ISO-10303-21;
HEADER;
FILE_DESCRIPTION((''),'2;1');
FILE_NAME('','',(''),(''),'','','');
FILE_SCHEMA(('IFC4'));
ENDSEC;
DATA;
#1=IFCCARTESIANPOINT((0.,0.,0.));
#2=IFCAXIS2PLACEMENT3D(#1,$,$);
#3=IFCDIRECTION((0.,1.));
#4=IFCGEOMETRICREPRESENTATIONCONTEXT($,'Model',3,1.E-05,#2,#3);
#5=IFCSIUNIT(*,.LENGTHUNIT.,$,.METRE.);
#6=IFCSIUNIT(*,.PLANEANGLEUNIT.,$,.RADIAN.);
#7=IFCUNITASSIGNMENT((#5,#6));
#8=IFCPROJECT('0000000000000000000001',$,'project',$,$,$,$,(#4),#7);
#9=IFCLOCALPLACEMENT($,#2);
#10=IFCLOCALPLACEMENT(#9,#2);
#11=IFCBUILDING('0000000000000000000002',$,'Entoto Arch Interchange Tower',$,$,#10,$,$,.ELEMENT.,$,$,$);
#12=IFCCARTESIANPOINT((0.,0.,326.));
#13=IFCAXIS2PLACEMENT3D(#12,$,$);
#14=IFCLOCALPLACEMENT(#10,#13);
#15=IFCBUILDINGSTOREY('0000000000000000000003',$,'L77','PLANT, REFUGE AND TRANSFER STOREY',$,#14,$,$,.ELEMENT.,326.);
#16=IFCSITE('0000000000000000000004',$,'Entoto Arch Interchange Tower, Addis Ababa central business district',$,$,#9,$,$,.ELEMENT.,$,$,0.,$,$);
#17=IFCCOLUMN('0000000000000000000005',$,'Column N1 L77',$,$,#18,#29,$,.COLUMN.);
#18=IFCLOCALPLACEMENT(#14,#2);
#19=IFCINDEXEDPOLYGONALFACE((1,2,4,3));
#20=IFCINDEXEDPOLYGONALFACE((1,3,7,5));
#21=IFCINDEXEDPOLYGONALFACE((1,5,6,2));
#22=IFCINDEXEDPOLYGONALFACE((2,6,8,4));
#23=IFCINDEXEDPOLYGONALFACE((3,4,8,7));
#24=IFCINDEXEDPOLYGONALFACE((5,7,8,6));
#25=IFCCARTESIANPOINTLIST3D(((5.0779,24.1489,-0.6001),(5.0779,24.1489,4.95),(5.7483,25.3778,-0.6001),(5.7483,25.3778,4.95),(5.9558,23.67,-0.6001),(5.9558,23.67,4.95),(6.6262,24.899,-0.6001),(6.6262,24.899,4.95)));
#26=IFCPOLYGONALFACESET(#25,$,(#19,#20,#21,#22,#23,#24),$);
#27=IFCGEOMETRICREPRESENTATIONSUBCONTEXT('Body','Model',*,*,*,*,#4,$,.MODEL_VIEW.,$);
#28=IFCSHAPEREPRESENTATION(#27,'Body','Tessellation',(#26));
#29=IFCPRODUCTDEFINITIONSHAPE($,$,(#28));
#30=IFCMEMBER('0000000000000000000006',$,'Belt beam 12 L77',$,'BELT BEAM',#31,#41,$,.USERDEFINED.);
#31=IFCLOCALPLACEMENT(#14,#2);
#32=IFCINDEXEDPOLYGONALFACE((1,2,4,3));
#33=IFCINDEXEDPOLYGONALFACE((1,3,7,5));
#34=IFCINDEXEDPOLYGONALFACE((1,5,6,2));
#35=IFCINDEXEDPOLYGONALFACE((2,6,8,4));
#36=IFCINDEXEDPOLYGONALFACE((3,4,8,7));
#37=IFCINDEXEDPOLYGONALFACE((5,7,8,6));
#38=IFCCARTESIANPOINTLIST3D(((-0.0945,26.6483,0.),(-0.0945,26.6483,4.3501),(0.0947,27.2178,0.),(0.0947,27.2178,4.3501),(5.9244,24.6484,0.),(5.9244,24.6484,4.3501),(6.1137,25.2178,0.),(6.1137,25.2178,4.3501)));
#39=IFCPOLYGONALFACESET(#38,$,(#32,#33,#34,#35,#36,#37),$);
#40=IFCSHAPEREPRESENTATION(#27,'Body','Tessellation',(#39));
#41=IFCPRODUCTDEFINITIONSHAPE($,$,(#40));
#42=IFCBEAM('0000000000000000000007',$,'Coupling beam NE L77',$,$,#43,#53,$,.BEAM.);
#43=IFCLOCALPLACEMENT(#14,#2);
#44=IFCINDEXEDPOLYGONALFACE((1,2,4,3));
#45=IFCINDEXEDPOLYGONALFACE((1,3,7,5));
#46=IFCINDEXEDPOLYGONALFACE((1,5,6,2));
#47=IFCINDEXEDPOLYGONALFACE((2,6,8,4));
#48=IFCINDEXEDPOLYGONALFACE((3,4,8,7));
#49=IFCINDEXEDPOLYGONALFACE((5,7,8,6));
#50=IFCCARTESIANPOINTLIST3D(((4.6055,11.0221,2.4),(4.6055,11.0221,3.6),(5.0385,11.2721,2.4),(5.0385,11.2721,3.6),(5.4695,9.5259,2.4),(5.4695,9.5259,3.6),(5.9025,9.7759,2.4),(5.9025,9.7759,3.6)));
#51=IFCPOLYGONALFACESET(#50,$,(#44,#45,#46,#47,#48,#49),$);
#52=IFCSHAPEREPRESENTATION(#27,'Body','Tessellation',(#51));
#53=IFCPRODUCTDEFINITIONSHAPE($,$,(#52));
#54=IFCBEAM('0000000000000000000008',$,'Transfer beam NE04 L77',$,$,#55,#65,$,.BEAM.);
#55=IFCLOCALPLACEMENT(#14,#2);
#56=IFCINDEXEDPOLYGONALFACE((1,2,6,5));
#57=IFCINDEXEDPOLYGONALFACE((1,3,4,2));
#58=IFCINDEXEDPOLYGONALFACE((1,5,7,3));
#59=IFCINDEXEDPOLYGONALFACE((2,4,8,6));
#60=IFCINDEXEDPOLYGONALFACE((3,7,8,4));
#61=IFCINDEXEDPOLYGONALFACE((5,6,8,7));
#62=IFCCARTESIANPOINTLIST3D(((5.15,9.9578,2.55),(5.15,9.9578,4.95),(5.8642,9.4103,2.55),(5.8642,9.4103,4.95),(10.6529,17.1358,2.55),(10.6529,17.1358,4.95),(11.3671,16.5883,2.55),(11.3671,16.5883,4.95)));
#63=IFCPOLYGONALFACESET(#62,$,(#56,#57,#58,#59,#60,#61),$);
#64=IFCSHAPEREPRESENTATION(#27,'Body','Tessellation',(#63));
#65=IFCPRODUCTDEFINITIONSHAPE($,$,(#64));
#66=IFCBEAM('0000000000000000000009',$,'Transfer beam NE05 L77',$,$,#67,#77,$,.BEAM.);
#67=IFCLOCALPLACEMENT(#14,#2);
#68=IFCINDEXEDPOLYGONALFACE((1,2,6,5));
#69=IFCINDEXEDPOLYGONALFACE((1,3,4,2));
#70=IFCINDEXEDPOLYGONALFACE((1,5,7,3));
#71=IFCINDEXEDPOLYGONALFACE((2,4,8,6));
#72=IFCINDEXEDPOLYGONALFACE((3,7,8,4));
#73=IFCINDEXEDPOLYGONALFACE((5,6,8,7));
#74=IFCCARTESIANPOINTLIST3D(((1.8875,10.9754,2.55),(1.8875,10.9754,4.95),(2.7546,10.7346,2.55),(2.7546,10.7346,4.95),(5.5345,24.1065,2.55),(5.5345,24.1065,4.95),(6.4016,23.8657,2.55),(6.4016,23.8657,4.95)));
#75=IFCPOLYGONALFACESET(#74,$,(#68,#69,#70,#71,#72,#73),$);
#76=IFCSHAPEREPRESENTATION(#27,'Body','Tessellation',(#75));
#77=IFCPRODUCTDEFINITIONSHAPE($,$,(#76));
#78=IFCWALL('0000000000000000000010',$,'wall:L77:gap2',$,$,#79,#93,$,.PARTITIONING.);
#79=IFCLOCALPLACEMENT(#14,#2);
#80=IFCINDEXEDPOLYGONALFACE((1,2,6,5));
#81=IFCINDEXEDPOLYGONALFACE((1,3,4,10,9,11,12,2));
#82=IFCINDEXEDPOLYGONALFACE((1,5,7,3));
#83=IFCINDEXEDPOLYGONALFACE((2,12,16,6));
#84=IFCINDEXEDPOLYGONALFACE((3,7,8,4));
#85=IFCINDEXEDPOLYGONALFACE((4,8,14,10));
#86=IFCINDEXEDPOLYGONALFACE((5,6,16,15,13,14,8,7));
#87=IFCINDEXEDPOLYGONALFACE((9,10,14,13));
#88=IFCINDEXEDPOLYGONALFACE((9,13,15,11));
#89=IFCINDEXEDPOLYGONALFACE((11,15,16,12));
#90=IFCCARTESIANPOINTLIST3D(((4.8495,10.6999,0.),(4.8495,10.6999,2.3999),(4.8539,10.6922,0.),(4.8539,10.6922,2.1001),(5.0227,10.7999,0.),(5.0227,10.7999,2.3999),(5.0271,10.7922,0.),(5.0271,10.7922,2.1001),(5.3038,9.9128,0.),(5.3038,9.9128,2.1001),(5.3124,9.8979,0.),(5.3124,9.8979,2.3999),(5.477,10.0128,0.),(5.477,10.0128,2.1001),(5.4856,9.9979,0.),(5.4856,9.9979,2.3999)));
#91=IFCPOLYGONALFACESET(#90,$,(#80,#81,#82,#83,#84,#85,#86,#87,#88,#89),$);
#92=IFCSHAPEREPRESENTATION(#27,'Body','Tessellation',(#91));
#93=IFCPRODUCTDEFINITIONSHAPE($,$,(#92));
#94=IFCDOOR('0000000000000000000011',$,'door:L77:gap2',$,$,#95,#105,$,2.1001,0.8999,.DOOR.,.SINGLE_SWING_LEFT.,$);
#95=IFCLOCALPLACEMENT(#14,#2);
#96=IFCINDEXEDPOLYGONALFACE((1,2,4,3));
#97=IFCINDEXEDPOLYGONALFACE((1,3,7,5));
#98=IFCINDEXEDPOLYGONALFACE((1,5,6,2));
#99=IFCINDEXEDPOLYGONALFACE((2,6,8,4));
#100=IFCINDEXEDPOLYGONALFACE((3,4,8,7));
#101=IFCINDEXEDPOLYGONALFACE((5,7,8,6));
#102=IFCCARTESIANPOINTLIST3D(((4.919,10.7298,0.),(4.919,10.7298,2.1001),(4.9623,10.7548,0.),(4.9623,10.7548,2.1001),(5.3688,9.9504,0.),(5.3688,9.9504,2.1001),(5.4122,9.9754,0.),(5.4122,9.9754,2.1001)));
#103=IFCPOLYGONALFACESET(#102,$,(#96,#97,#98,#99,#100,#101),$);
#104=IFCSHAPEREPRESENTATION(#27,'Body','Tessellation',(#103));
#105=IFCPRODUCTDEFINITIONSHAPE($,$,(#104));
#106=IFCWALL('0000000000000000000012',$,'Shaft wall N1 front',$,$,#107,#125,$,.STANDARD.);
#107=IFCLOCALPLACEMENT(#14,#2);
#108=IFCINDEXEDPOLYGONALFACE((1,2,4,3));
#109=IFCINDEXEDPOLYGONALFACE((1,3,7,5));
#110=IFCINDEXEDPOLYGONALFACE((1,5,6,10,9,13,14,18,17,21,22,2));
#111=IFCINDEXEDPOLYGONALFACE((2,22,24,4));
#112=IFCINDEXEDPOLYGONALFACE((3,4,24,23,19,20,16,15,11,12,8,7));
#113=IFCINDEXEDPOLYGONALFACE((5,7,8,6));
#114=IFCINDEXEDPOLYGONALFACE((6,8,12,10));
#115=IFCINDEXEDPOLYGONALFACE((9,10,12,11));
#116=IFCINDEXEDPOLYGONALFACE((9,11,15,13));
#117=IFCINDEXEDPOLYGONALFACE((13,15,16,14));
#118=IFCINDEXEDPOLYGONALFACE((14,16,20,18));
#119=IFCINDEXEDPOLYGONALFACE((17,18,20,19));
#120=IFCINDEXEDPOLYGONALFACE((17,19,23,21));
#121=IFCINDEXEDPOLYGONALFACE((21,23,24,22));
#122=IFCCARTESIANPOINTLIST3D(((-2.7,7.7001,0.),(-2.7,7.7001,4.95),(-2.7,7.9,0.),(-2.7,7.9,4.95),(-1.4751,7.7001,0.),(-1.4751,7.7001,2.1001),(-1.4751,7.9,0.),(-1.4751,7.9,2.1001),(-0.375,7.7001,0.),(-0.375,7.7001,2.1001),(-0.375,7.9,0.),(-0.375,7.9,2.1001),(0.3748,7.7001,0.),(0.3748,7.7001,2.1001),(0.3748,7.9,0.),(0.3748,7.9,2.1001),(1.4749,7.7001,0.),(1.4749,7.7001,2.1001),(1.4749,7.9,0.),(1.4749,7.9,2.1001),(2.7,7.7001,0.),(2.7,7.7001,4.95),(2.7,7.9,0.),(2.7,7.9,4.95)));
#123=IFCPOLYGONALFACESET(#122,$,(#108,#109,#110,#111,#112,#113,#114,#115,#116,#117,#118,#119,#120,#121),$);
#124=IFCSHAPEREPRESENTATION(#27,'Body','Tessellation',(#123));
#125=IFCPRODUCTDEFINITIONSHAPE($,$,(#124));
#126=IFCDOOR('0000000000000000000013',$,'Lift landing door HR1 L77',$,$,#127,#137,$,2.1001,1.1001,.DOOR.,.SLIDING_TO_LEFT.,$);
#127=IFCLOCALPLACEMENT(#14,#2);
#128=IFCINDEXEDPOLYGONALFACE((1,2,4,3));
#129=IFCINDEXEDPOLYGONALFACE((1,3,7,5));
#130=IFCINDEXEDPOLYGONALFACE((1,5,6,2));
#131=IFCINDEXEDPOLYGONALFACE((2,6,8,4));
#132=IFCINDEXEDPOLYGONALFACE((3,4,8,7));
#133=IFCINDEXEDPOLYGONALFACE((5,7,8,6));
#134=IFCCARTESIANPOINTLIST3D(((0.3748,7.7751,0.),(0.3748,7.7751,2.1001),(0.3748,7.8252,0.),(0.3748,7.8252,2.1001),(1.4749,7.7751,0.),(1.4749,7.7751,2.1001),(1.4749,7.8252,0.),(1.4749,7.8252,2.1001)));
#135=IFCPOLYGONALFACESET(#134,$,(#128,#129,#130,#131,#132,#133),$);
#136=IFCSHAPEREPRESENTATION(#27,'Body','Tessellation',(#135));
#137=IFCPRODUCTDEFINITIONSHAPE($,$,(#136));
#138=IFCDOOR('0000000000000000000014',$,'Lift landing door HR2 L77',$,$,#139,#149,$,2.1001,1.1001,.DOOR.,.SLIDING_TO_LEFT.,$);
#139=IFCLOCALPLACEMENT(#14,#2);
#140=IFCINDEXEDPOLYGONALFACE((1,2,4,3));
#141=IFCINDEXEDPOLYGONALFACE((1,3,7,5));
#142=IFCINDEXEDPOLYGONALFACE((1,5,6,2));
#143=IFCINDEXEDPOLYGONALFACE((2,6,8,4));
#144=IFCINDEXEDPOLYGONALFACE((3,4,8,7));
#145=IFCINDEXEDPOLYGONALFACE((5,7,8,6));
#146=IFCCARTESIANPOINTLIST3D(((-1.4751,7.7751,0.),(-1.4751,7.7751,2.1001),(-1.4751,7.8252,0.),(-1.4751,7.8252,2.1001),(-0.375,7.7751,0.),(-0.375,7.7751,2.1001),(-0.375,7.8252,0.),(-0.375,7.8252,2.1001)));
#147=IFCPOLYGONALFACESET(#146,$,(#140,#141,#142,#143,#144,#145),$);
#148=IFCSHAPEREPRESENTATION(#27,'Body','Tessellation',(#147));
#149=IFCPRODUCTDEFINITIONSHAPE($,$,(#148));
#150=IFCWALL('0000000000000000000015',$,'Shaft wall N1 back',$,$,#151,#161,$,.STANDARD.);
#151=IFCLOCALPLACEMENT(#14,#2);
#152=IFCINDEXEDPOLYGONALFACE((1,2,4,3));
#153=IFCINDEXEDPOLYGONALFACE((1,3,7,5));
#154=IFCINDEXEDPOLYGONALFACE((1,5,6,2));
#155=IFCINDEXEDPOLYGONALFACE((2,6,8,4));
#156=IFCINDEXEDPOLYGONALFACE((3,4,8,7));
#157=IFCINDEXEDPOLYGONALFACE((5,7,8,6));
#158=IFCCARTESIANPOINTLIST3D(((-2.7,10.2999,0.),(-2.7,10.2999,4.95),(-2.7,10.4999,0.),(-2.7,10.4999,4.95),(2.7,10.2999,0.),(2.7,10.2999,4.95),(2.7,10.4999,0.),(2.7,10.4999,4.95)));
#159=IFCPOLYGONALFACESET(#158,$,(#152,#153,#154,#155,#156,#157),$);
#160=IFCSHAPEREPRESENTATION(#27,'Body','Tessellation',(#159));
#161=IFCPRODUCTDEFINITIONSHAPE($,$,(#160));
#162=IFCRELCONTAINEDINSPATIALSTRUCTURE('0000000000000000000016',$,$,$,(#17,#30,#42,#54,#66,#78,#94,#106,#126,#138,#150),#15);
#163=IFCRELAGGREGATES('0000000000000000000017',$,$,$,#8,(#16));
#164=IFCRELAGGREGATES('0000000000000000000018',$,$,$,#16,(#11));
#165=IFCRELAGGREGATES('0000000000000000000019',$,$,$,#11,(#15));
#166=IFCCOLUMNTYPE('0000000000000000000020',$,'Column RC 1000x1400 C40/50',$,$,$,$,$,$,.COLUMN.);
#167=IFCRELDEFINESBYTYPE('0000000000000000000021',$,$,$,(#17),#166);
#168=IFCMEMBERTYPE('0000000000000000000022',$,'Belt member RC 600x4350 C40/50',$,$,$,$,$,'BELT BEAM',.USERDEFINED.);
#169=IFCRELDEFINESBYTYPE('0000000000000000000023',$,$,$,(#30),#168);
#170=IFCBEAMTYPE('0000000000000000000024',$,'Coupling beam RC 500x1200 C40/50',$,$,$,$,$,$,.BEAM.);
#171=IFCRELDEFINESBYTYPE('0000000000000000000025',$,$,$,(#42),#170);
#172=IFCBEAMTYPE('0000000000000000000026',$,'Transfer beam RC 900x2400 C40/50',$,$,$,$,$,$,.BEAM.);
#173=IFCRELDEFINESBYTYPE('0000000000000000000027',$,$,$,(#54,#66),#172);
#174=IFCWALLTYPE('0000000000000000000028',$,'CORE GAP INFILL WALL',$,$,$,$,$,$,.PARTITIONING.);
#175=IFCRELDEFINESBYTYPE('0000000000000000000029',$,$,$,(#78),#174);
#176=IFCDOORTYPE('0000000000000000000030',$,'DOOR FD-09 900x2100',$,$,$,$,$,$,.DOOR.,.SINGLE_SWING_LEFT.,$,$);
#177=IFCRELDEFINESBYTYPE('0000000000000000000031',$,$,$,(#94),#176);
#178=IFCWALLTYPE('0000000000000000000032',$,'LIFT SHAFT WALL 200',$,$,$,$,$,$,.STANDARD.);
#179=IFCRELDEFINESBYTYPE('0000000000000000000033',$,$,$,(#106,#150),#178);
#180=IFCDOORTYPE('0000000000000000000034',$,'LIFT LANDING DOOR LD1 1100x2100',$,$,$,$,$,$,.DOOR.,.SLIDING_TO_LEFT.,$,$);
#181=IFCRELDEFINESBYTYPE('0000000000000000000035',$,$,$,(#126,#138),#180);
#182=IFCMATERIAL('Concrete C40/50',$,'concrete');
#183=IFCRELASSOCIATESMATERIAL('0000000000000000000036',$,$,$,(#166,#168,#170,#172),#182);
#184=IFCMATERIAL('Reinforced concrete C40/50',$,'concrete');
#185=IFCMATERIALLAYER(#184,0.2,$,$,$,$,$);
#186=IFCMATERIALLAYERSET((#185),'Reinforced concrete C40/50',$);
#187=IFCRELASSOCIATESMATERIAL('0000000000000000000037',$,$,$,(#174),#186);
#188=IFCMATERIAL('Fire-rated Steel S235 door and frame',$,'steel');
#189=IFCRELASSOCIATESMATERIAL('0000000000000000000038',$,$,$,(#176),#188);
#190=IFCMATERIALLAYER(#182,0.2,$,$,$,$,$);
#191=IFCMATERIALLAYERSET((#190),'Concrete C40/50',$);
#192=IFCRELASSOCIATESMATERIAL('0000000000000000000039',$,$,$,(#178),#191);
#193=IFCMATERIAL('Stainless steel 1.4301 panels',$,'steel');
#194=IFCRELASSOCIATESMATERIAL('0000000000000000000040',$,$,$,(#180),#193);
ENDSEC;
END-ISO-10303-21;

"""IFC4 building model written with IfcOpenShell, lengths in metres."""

from ifc_helpers import new_model, si_unit, direction, frame, frame_2d, origin, origin_2d, place, context, subcontext, project, spatial, rectangle, extrude, material, layer, layer_set, material_profile, profile_set, type_object, element, fill, save


model = new_model("IFC4")

# Units and contexts
model_context = context("Model", 3, precision=1e-05, world=origin(), true_north=direction((0.0, 1.0)))
body_context = subcontext(model_context, "Body", "Model", "MODEL_VIEW")
ifc_project = project(units=[si_unit("LENGTHUNIT", "METRE"), si_unit("PLANEANGLEUNIT", "RADIAN")], contexts=[model_context])

# Site, building, storey
site_placement = place(None, origin())
site = spatial("IfcSite", under=ifc_project, at=site_placement, Name="Entoto Arch Interchange Tower, Addis Ababa central business district", CompositionType="ELEMENT", RefElevation=0.0)
building_placement = place(site_placement, origin())
building = spatial("IfcBuilding", under=site, at=building_placement, Name="Entoto Arch Interchange Tower", CompositionType="ELEMENT")
storey_placement = place(building_placement, frame((0.0, 0.0, 326.0)))
storey = spatial("IfcBuildingStorey", under=building, at=storey_placement, Name="L77", Description="PLANT, REFUGE AND TRANSFER STOREY", CompositionType="ELEMENT", Elevation=326.0)

# Column
ifc_material_1 = material(Name="Concrete C40/50", Category="concrete")
ifc_material_profile_1 = material_profile(ifc_material_1, rectangle(XDim=1.0, YDim=1.3999, at=origin_2d()))
ifc_profile_set_1 = profile_set([ifc_material_profile_1], Name="Concrete C40/50")
column_type = type_object("IfcColumnType", Name="Column RC 1000x1400 C40/50", PredefinedType="COLUMN", material=ifc_profile_set_1)
column_placement = place(storey_placement, frame((5.8521, 24.5239, -0.6001), z_axis=(0.0, 0.0, 1.0), x_axis=(-0.877899, 0.478845, 0.0)))
element("IfcColumn", 1, at=column_placement, inside=storey, type_object=column_type, Name="Column N1 L77", PredefinedType="COLUMN", context=body_context, shape_type="SweptSolid", body=[
    extrude(rectangle(XDim=1.0, YDim=1.3999, at=origin_2d()), origin(), (0.0, 0.0, 1.0), 5.55),
])

# Member
ifc_material_profile_2 = material_profile(ifc_material_1, rectangle(XDim=0.6001, YDim=4.3501, at=origin_2d()))
ifc_profile_set_2 = profile_set([ifc_material_profile_2], Name="Concrete C40/50")
member_type = type_object("IfcMemberType", Name="Belt member RC 600x4350 C40/50", ElementType="BELT BEAM", PredefinedType="USERDEFINED", material=ifc_profile_set_2)
member_placement = place(storey_placement, frame((6.019, 24.9331, 2.175), z_axis=(-0.948983, 0.315327, 0.0), x_axis=(-0.315327, -0.948983, 0.0)))
element("IfcMember", 2, at=member_placement, inside=storey, type_object=member_type, Name="Belt beam 12 L77", ObjectType="BELT BEAM", PredefinedType="USERDEFINED", context=body_context, shape_type="SweptSolid", body=[
    extrude(rectangle(XDim=0.6001, YDim=4.3501, at=origin_2d()), origin(), (0.0, 0.0, 1.0), 6.3425),
])

# Beams
ifc_material_profile_3 = material_profile(ifc_material_1, rectangle(XDim=0.5, YDim=1.2, at=origin_2d()))
ifc_profile_set_3 = profile_set([ifc_material_profile_3], Name="Concrete C40/50")
beam_type_1 = type_object("IfcBeamType", Name="Coupling beam RC 500x1200 C40/50", PredefinedType="BEAM", material=ifc_profile_set_3)
beam_1_placement = place(storey_placement, frame((5.686, 9.6509, 3.0), z_axis=(-0.500106, 0.865964, 0.0), x_axis=(-0.865964, -0.500106, 0.0)))
element("IfcBeam", 3, at=beam_1_placement, inside=storey, type_object=beam_type_1, Name="Coupling beam NE L77", PredefinedType="BEAM", context=body_context, shape_type="SweptSolid", body=[
    extrude(rectangle(XDim=0.5, YDim=1.2, at=origin_2d()), origin(), (0.0, 0.0, 1.0), 1.7278),
])
ifc_material_profile_4 = material_profile(ifc_material_1, rectangle(XDim=0.8999, YDim=2.3999, at=origin_2d()))
ifc_profile_set_4 = profile_set([ifc_material_profile_4], Name="Concrete C40/50")
beam_type_2 = type_object("IfcBeamType", Name="Transfer beam RC 900x2400 C40/50", PredefinedType="BEAM", material=ifc_profile_set_4)
beam_2_placement = place(storey_placement, frame((5.5071, 9.6841, 3.75), z_axis=(0.608419, 0.793616, 0.0), x_axis=(-0.793616, 0.608419, 0.0)))
element("IfcBeam", 4, at=beam_2_placement, inside=storey, type_object=beam_type_2, Name="Transfer beam NE04 L77", PredefinedType="BEAM", context=body_context, shape_type="SweptSolid", body=[
    extrude(rectangle(XDim=0.8999, YDim=2.3999, at=origin_2d()), origin(), (0.0, 0.0, 1.0), 9.0447),
])
beam_3_placement = place(storey_placement, frame((2.321, 10.855, 3.75), z_axis=(0.267606, 0.963528, 0.0), x_axis=(-0.963528, 0.267606, 0.0)))
element("IfcBeam", 5, at=beam_3_placement, inside=storey, type_object=beam_type_2, Name="Transfer beam NE05 L77", PredefinedType="BEAM", context=body_context, shape_type="SweptSolid", body=[
    extrude(rectangle(XDim=0.8999, YDim=2.3999, at=origin_2d()), origin(), (0.0, 0.0, 1.0), 13.6282),
])

# Wall, opening, door
ifc_material_2 = material(Name="Reinforced concrete C40/50", Category="concrete")
ifc_layer_1 = layer(ifc_material_2, 0.2)
ifc_layer_set_1 = layer_set([ifc_layer_1], Name="Reinforced concrete C40/50")
wall_type_1 = type_object("IfcWallType", Name="CORE GAP INFILL WALL", PredefinedType="PARTITIONING", material=ifc_layer_set_1)
wall_1_placement = place(storey_placement, frame((5.3989, 9.948, 0.0), z_axis=(0.0, 0.0, 1.0), x_axis=(-0.499882, 0.866093, 0.0)))
wall_1 = element("IfcWall", 6, at=wall_1_placement, inside=storey, type_object=wall_type_1, Name="wall:L77:gap2", PredefinedType="PARTITIONING", context=body_context, shape_type="SweptSolid", body=[
    extrude(rectangle(XDim=0.926, YDim=0.2, at=frame_2d((0.4629, 0.0))), origin(), (0.0, 0.0, 1.0), 2.3999),
])
opening_1_placement = place(wall_1_placement, frame((0.0171, 0.0, 0.0)))
opening_1 = element("IfcOpeningElement", 7, at=opening_1_placement, cuts=wall_1, PredefinedType="OPENING", context=body_context, shape_type="SweptSolid", body=[
    extrude(rectangle(XDim=0.8999, YDim=2.1001, at=frame_2d((0.45, 1.05))), frame((0.0, 0.1099, 0.0), z_axis=(0.0, -1.0, 0.0), x_axis=(1.0, 0.0, 0.0)), (0.0, 0.0, 1.0), 0.22),
])
ifc_material_3 = material(Name="Fire-rated Steel S235 door and frame", Category="steel")
door_type_1 = type_object("IfcDoorType", Name="DOOR FD-09 900x2100", OperationType="SINGLE_SWING_LEFT", PredefinedType="DOOR", material=ifc_material_3)
door_1_placement = place(opening_1_placement, origin())
door_1 = element("IfcDoor", 8, at=door_1_placement, inside=storey, type_object=door_type_1, Name="door:L77:gap2", OperationType="SINGLE_SWING_LEFT", OverallHeight=2.1001, OverallWidth=0.8999, PredefinedType="DOOR", context=body_context, shape_type="SweptSolid", body=[
    extrude(rectangle(XDim=0.8999, YDim=2.1001, at=frame_2d((0.45, 1.05))), frame((0.0, 0.0249, 0.0), z_axis=(0.0, -1.0, 0.0), x_axis=(1.0, 0.0, 0.0)), (0.0, 0.0, 1.0), 0.05),
])
fill(opening_1, door_1)

# Wall, openings, doors
ifc_layer_2 = layer(ifc_material_1, 0.2)
ifc_layer_set_2 = layer_set([ifc_layer_2], Name="Concrete C40/50")
wall_type_2 = type_object("IfcWallType", Name="LIFT SHAFT WALL 200", PredefinedType="STANDARD", material=ifc_layer_set_2)
wall_2_placement = place(storey_placement, frame((2.7, 7.8, 0.0), z_axis=(0.0, 0.0, 1.0), x_axis=(-1.0, 0.0, 0.0)))
wall_2 = element("IfcWall", 9, at=wall_2_placement, inside=storey, type_object=wall_type_2, Name="Shaft wall N1 front", PredefinedType="STANDARD", context=body_context, shape_type="SweptSolid", body=[
    extrude(rectangle(XDim=5.3999, YDim=0.2, at=frame_2d((2.7, 0.0))), origin(), (0.0, 0.0, 1.0), 4.95),
])
opening_2_placement = place(wall_2_placement, frame((1.2251, 0.0, 0.0)))
opening_2 = element("IfcOpeningElement", 10, at=opening_2_placement, cuts=wall_2, PredefinedType="OPENING", context=body_context, shape_type="SweptSolid", body=[
    extrude(rectangle(XDim=1.1001, YDim=2.1001, at=frame_2d((0.55, 1.05))), frame((0.0, 0.1099, 0.0), z_axis=(0.0, -1.0, 0.0), x_axis=(1.0, 0.0, 0.0)), (0.0, 0.0, 1.0), 0.22),
])
opening_3_placement = place(wall_2_placement, frame((3.075, 0.0, 0.0)))
opening_3 = element("IfcOpeningElement", 11, at=opening_3_placement, cuts=wall_2, PredefinedType="OPENING", context=body_context, shape_type="SweptSolid", body=[
    extrude(rectangle(XDim=1.1001, YDim=2.1001, at=frame_2d((0.55, 1.05))), frame((0.0, 0.1099, 0.0), z_axis=(0.0, -1.0, 0.0), x_axis=(1.0, 0.0, 0.0)), (0.0, 0.0, 1.0), 0.22),
])
ifc_material_4 = material(Name="Stainless steel 1.4301 panels", Category="steel")
door_type_2 = type_object("IfcDoorType", Name="LIFT LANDING DOOR LD1 1100x2100", OperationType="SLIDING_TO_LEFT", PredefinedType="DOOR", material=ifc_material_4)
door_2_placement = place(opening_2_placement, origin())
door_2 = element("IfcDoor", 12, at=door_2_placement, inside=storey, type_object=door_type_2, Name="Lift landing door HR1 L77", OperationType="SLIDING_TO_LEFT", OverallHeight=2.1001, OverallWidth=1.1001, PredefinedType="DOOR", context=body_context, shape_type="SweptSolid", body=[
    extrude(rectangle(XDim=1.1001, YDim=2.1001, at=frame_2d((0.55, 1.05))), frame((0.0, 0.0249, 0.0), z_axis=(0.0, -1.0, 0.0), x_axis=(1.0, 0.0, 0.0)), (0.0, 0.0, 1.0), 0.05),
])
fill(opening_2, door_2)
door_3_placement = place(opening_3_placement, origin())
door_3 = element("IfcDoor", 13, at=door_3_placement, inside=storey, type_object=door_type_2, Name="Lift landing door HR2 L77", OperationType="SLIDING_TO_LEFT", OverallHeight=2.1001, OverallWidth=1.1001, PredefinedType="DOOR", context=body_context, shape_type="SweptSolid", body=[
    extrude(rectangle(XDim=1.1001, YDim=2.1001, at=frame_2d((0.55, 1.05))), frame((0.0, 0.0249, 0.0), z_axis=(0.0, -1.0, 0.0), x_axis=(1.0, 0.0, 0.0)), (0.0, 0.0, 1.0), 0.05),
])
fill(opening_3, door_3)

# Wall
wall_3_placement = place(storey_placement, frame((2.7, 10.3999, 0.0), z_axis=(0.0, 0.0, 1.0), x_axis=(-1.0, 0.0, 0.0)))
element("IfcWall", 14, at=wall_3_placement, inside=storey, type_object=wall_type_2, Name="Shaft wall N1 back", PredefinedType="STANDARD", context=body_context, shape_type="SweptSolid", body=[
    extrude(rectangle(XDim=5.3999, YDim=0.2, at=frame_2d((2.7, 0.0))), origin(), (0.0, 0.0, 1.0), 4.95),
])

save(model, "model.ifc")
